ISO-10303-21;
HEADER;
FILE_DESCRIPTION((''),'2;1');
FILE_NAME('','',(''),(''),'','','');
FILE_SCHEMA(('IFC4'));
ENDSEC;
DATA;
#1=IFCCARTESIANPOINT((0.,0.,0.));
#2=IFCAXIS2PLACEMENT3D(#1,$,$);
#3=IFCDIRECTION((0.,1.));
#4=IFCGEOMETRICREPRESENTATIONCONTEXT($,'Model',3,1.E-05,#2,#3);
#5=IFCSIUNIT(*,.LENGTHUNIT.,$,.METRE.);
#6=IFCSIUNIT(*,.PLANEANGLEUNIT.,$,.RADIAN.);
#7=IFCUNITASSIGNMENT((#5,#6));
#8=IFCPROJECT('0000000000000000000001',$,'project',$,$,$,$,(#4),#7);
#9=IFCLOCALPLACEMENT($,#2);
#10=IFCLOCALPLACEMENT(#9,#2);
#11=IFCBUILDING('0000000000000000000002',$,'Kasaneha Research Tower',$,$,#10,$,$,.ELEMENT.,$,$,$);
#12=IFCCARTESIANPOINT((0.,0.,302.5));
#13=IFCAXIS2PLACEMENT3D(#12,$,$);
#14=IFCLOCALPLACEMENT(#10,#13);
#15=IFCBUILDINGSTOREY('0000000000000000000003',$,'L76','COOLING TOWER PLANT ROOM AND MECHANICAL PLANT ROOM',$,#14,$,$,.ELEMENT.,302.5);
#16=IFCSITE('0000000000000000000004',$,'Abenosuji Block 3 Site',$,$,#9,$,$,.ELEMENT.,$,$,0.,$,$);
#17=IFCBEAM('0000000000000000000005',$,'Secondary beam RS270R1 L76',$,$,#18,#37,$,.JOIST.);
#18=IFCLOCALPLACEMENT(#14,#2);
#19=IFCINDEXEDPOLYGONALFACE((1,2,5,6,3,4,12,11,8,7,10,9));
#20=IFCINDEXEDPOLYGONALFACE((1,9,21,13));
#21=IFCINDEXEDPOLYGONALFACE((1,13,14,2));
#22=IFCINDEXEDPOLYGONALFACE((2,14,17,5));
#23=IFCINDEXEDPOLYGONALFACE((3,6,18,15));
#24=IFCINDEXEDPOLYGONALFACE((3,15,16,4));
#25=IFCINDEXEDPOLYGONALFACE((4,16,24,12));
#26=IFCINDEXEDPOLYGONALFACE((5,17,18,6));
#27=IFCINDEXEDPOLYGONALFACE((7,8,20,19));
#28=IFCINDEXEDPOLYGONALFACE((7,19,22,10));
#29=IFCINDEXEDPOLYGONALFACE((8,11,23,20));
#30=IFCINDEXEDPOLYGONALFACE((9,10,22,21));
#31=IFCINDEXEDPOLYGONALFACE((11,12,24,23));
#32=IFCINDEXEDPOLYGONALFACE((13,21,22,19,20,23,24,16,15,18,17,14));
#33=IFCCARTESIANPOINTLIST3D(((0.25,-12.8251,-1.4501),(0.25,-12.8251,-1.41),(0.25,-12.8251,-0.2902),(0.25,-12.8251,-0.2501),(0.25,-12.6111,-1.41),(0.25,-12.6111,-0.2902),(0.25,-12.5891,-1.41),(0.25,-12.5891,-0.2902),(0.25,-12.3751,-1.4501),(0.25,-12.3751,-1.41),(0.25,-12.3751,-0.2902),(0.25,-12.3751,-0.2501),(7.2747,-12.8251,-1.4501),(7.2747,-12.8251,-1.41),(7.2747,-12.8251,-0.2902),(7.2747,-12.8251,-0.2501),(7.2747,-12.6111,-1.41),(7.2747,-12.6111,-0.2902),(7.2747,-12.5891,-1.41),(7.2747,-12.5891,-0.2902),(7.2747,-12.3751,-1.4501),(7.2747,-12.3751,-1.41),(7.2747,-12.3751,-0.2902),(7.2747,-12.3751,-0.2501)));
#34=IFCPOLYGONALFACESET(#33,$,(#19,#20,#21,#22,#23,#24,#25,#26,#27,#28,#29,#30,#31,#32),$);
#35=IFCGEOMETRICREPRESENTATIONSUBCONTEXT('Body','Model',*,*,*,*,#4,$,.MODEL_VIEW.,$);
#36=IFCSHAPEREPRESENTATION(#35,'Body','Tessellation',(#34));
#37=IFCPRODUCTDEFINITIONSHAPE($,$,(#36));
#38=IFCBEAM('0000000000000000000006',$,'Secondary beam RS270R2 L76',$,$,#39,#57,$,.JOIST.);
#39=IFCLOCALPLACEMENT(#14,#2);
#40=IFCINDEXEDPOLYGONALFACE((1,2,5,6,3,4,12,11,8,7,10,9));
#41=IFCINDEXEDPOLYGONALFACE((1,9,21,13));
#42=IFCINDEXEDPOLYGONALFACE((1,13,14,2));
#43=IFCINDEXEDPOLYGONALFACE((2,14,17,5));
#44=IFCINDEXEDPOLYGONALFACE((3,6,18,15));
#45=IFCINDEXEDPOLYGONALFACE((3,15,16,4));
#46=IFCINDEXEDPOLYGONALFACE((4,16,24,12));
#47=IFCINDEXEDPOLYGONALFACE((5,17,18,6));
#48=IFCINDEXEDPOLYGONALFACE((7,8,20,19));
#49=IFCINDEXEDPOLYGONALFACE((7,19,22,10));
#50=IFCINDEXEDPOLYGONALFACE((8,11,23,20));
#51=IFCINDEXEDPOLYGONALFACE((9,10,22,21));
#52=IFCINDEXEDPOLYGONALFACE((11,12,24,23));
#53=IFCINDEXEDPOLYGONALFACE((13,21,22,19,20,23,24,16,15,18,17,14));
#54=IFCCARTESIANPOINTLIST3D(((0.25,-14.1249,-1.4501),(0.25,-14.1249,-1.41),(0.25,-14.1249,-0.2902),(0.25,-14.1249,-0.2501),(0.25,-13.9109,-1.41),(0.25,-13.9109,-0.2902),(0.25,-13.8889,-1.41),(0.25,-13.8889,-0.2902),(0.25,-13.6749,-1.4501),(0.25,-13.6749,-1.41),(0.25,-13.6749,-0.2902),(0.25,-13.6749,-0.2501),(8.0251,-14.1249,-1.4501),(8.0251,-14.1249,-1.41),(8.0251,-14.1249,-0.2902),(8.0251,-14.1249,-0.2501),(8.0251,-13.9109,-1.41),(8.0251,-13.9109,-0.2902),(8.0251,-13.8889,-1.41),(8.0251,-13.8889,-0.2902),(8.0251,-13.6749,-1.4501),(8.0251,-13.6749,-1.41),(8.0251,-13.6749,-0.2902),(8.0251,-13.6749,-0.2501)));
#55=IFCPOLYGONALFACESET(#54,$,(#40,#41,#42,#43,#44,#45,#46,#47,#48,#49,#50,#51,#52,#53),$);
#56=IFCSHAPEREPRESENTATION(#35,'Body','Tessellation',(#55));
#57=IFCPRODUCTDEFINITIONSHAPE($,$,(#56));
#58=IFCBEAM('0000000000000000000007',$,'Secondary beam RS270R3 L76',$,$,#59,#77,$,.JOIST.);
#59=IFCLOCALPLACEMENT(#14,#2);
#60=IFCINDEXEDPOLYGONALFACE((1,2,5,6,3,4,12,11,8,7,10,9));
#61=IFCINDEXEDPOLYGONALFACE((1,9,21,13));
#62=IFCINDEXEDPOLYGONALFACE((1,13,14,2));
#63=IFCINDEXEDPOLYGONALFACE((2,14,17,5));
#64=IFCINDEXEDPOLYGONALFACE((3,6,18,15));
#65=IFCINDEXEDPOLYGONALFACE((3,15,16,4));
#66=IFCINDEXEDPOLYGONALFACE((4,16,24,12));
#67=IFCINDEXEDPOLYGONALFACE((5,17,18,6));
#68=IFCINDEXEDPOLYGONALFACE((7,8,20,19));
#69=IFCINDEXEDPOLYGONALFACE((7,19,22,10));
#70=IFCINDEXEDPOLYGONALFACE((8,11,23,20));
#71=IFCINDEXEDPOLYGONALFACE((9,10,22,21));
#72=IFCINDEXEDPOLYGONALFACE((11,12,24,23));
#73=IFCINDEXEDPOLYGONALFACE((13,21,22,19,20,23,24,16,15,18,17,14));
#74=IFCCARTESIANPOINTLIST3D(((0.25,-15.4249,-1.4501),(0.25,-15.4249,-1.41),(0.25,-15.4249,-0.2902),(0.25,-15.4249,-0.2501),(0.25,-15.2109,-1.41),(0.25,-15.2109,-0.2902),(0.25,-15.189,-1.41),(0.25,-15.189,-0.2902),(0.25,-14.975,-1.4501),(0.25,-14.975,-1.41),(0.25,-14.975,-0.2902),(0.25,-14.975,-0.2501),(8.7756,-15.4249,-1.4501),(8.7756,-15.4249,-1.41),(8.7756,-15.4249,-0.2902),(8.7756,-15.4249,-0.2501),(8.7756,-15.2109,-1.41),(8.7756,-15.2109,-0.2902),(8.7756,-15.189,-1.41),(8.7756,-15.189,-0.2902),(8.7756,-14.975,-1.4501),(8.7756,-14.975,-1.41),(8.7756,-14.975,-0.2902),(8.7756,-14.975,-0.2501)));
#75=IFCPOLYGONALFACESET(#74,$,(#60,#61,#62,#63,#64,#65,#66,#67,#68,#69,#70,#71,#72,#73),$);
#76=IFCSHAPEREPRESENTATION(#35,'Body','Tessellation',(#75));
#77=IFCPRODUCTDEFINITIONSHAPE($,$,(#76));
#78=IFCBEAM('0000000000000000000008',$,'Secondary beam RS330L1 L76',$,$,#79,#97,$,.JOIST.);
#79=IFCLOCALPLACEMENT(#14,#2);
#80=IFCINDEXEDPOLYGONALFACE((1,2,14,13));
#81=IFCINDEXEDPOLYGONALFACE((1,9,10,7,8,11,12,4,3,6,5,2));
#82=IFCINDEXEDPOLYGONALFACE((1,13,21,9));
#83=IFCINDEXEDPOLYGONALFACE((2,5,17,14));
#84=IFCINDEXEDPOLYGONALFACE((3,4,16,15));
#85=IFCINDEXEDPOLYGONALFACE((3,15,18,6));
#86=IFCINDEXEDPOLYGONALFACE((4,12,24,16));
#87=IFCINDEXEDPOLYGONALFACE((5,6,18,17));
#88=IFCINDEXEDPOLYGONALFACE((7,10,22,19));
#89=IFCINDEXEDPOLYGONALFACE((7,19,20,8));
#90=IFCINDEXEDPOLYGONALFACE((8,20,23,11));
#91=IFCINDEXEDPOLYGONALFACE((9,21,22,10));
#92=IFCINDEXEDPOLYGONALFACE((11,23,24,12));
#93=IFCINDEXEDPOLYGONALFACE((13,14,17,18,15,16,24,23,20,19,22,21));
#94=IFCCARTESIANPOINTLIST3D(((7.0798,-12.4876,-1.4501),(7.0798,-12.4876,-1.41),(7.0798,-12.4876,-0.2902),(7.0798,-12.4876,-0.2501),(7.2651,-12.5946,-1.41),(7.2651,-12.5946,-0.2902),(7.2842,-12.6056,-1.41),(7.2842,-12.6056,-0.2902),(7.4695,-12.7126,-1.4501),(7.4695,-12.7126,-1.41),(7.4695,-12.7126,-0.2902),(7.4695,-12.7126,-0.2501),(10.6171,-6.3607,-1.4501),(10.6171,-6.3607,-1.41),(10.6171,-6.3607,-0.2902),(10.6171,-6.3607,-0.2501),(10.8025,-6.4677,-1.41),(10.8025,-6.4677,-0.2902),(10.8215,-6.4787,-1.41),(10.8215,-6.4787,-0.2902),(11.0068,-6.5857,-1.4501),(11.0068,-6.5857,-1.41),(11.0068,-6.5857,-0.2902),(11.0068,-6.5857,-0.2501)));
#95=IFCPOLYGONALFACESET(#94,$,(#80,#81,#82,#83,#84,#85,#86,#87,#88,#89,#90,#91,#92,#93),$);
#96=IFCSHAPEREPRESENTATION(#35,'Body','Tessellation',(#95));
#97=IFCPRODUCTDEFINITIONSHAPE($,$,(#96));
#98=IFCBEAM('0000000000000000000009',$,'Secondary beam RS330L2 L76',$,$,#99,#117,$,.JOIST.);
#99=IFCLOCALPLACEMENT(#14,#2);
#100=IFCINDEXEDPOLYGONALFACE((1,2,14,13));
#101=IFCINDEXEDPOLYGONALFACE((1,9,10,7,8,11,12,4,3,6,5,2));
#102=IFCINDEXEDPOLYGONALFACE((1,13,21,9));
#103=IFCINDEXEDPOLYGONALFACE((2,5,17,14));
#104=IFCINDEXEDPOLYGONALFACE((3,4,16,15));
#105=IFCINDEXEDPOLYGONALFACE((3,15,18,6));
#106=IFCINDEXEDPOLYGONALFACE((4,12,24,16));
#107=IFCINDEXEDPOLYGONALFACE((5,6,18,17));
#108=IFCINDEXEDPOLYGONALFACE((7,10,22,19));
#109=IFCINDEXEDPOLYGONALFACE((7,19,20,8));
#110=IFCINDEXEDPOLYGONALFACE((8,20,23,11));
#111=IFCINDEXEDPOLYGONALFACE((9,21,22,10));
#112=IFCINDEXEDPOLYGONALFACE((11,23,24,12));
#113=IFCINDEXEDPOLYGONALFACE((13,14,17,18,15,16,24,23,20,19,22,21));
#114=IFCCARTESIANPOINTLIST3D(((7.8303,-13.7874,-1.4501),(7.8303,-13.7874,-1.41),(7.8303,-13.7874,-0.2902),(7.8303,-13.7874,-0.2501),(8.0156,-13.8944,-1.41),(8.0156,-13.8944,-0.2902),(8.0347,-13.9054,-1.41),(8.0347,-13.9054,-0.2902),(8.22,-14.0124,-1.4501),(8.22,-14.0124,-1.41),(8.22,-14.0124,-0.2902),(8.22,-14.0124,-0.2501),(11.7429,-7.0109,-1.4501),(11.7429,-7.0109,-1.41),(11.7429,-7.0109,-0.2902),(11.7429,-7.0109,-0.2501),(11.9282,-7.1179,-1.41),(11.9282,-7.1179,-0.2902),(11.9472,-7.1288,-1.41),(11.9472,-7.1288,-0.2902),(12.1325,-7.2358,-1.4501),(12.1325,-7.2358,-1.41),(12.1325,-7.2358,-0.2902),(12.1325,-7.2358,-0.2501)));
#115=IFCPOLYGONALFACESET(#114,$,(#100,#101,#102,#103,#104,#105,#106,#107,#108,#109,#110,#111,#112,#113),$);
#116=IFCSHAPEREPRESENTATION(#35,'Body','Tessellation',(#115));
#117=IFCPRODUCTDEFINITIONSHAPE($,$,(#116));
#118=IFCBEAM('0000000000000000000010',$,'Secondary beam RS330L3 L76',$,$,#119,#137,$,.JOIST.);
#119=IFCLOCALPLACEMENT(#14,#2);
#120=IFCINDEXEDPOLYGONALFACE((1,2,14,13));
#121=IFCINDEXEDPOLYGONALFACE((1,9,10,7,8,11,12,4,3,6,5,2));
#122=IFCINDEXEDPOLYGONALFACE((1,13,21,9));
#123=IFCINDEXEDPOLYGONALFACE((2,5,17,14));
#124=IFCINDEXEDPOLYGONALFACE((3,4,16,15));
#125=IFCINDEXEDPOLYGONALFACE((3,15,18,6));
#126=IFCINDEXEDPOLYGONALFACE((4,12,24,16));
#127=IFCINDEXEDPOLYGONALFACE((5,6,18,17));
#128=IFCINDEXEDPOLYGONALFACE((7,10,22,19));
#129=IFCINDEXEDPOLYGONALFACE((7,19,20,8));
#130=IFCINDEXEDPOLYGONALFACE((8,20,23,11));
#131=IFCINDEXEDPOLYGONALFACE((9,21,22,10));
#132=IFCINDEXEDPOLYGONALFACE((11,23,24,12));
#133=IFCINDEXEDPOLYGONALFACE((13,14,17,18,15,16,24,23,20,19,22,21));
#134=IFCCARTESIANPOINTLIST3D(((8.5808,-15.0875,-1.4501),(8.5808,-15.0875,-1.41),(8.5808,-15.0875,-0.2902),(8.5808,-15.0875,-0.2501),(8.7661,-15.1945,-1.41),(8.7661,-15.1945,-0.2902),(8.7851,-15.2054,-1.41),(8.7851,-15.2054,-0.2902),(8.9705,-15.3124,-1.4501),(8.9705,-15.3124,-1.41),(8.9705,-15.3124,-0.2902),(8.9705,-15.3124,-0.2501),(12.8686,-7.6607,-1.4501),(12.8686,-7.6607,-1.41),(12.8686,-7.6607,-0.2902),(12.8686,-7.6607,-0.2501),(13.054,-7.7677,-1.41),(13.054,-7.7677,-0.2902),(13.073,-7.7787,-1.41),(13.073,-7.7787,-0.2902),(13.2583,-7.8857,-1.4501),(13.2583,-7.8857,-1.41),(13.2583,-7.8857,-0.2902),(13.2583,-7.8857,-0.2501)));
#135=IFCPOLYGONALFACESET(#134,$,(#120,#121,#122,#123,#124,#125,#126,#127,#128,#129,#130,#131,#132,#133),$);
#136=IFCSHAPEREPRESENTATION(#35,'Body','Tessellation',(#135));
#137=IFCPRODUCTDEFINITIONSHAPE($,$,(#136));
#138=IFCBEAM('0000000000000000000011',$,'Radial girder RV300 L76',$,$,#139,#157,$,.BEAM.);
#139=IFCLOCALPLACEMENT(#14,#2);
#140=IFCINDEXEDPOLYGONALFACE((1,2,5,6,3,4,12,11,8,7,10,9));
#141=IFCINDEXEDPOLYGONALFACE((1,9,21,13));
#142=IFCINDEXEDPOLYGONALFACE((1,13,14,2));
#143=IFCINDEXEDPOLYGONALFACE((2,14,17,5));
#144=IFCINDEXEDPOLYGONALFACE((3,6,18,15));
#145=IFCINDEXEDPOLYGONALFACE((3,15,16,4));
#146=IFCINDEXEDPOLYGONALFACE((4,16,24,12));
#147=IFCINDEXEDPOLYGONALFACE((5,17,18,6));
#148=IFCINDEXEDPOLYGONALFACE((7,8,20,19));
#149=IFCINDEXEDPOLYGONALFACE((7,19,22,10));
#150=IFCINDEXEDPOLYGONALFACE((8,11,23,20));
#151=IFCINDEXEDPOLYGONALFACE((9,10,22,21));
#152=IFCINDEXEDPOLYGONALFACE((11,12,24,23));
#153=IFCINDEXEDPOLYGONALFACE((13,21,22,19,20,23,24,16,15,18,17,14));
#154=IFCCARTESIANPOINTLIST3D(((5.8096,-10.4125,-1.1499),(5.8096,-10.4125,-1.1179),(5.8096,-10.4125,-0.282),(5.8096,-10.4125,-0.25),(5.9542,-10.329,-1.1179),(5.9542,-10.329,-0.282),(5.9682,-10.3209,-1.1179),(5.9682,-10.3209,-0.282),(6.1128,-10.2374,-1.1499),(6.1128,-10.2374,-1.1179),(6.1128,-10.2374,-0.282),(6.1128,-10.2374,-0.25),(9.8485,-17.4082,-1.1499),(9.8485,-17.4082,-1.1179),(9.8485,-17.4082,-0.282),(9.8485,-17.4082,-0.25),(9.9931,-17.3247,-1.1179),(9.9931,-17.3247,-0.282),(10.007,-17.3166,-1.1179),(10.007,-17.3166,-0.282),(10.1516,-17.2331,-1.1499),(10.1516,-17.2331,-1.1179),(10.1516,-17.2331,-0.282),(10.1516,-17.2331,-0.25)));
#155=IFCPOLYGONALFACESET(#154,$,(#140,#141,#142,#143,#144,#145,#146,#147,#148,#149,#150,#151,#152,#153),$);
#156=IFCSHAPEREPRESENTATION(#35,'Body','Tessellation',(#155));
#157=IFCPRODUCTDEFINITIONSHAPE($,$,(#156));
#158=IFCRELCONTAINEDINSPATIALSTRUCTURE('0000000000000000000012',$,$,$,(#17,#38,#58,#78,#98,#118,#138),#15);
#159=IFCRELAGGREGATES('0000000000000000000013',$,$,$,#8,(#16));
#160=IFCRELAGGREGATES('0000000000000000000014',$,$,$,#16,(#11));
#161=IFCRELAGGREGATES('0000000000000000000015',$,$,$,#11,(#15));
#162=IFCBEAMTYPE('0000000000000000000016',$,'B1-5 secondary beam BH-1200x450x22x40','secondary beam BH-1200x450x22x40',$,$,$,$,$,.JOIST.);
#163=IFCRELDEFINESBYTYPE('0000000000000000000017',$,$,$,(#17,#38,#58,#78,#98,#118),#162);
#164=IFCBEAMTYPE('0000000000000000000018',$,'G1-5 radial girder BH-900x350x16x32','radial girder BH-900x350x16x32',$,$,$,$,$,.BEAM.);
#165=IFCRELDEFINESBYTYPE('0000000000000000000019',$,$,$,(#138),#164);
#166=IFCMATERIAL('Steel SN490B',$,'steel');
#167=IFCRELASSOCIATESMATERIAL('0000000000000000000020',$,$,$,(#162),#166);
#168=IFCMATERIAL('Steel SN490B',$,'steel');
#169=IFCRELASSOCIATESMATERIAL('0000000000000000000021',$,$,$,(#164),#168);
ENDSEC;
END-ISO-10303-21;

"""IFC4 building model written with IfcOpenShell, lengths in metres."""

from ifc_helpers import new_model, si_unit, direction, frame, origin, origin_2d, place, context, subcontext, project, spatial, i_section, extrude, material, material_profile, profile_set, type_object, element, save


model = new_model("IFC4")

# Units and contexts
model_context = context("Model", 3, precision=1e-05, world=origin(), true_north=direction((0.0, 1.0)))
body_context = subcontext(model_context, "Body", "Model", "MODEL_VIEW")
ifc_project = project(units=[si_unit("LENGTHUNIT", "METRE"), si_unit("PLANEANGLEUNIT", "RADIAN")], contexts=[model_context])

# Site, building, storey
site_placement = place(None, origin())
site = spatial("IfcSite", under=ifc_project, at=site_placement, Name="Abenosuji Block 3 Site", CompositionType="ELEMENT", RefElevation=0.0)
building_placement = place(site_placement, origin())
building = spatial("IfcBuilding", under=site, at=building_placement, Name="Kasaneha Research Tower", CompositionType="ELEMENT")
storey_placement = place(building_placement, frame((0.0, 0.0, 302.5)))
storey = spatial("IfcBuildingStorey", under=building, at=storey_placement, Name="L76", Description="COOLING TOWER PLANT ROOM AND MECHANICAL PLANT ROOM", CompositionType="ELEMENT", Elevation=302.5)

# Beams
ifc_material_1 = material(Name="Steel SN490B", Category="steel")
ifc_material_profile_1 = material_profile(ifc_material_1, i_section(OverallWidth=0.45, OverallDepth=1.2, WebThickness=0.022, FlangeThickness=0.04, at=origin_2d()), Name="BH-1200x450x22x40")
ifc_profile_set_1 = profile_set([ifc_material_profile_1], Name="Steel SN490B")
beam_type_1 = type_object("IfcBeamType", Name="B1-5 secondary beam BH-1200x450x22x40", Description="secondary beam BH-1200x450x22x40", PredefinedType="JOIST", material=ifc_profile_set_1)
beam_1_placement = place(storey_placement, frame((7.2747, -12.6001, -0.8501), z_axis=(-1.0, 0.0, 0.0), x_axis=(0.0, -1.0, 0.0)))
element("IfcBeam", 1, at=beam_1_placement, inside=storey, type_object=beam_type_1, Name="Secondary beam RS270R1 L76", PredefinedType="JOIST", context=body_context, shape_type="SweptSolid", body=[
    extrude(i_section(OverallWidth=0.45, OverallDepth=1.2, WebThickness=0.022, FlangeThickness=0.04, at=origin_2d()), origin(), (0.0, 0.0, 1.0), 7.0247),
])
beam_2_placement = place(storey_placement, frame((8.0251, -13.8999, -0.8501), z_axis=(-1.0, 0.0, 0.0), x_axis=(0.0, -1.0, 0.0)))
element("IfcBeam", 2, at=beam_2_placement, inside=storey, type_object=beam_type_1, Name="Secondary beam RS270R2 L76", PredefinedType="JOIST", context=body_context, shape_type="SweptSolid", body=[
    extrude(i_section(OverallWidth=0.45, OverallDepth=1.2, WebThickness=0.022, FlangeThickness=0.04, at=origin_2d()), origin(), (0.0, 0.0, 1.0), 7.7751),
])
beam_3_placement = place(storey_placement, frame((8.7756, -15.2, -0.8501), z_axis=(-1.0, 0.0, 0.0), x_axis=(0.0, -1.0, 0.0)))
element("IfcBeam", 3, at=beam_3_placement, inside=storey, type_object=beam_type_1, Name="Secondary beam RS270R3 L76", PredefinedType="JOIST", context=body_context, shape_type="SweptSolid", body=[
    extrude(i_section(OverallWidth=0.45, OverallDepth=1.2, WebThickness=0.022, FlangeThickness=0.04, at=origin_2d()), origin(), (0.0, 0.0, 1.0), 8.5256),
])
beam_4_placement = place(storey_placement, frame((7.2747, -12.6001, -0.8501), z_axis=(0.499995, 0.866028, 0.0), x_axis=(-0.866028, 0.499995, 0.0)))
element("IfcBeam", 4, at=beam_4_placement, inside=storey, type_object=beam_type_1, Name="Secondary beam RS330L1 L76", PredefinedType="JOIST", context=body_context, shape_type="SweptSolid", body=[
    extrude(i_section(OverallWidth=0.45, OverallDepth=1.2, WebThickness=0.022, FlangeThickness=0.04, at=origin_2d()), origin(), (0.0, 0.0, 1.0), 7.0747),
])
beam_5_placement = place(storey_placement, frame((8.0251, -13.8999, -0.8501), z_axis=(0.500011, 0.866019, 0.0), x_axis=(-0.866019, 0.500011, 0.0)))
element("IfcBeam", 5, at=beam_5_placement, inside=storey, type_object=beam_type_1, Name="Secondary beam RS330L2 L76", PredefinedType="JOIST", context=body_context, shape_type="SweptSolid", body=[
    extrude(i_section(OverallWidth=0.45, OverallDepth=1.2, WebThickness=0.022, FlangeThickness=0.04, at=origin_2d()), origin(), (0.0, 0.0, 1.0), 7.825),
])
beam_6_placement = place(storey_placement, frame((8.7756, -15.2, -0.8501), z_axis=(0.5, 0.866025, 0.0), x_axis=(-0.866025, 0.5, 0.0)))
element("IfcBeam", 6, at=beam_6_placement, inside=storey, type_object=beam_type_1, Name="Secondary beam RS330L3 L76", PredefinedType="JOIST", context=body_context, shape_type="SweptSolid", body=[
    extrude(i_section(OverallWidth=0.45, OverallDepth=1.2, WebThickness=0.022, FlangeThickness=0.04, at=origin_2d()), origin(), (0.0, 0.0, 1.0), 8.5757),
])
ifc_material_2 = material(Name="Steel SN490B", Category="steel")
ifc_material_profile_2 = material_profile(ifc_material_2, i_section(OverallWidth=0.3501, OverallDepth=0.8999, WebThickness=0.0161, FlangeThickness=0.032, at=origin_2d()), Name="BH-900x350x16x32")
ifc_profile_set_2 = profile_set([ifc_material_profile_2], Name="Steel SN490B")
beam_type_2 = type_object("IfcBeamType", Name="G1-5 radial girder BH-900x350x16x32", Description="radial girder BH-900x350x16x32", PredefinedType="BEAM", material=ifc_profile_set_2)
beam_7_placement = place(storey_placement, frame((5.9612, -10.325, -0.7), z_axis=(0.499991, -0.866031, 0.0), x_axis=(0.866031, 0.499991, 0.0)))
element("IfcBeam", 7, at=beam_7_placement, inside=storey, type_object=beam_type_2, Name="Radial girder RV300 L76", PredefinedType="BEAM", context=body_context, shape_type="SweptSolid", body=[
    extrude(i_section(OverallWidth=0.3501, OverallDepth=0.8999, WebThickness=0.0161, FlangeThickness=0.032, at=origin_2d()), origin(), (0.0, 0.0, 1.0), 8.0779),
])

save(model, "model.ifc")
